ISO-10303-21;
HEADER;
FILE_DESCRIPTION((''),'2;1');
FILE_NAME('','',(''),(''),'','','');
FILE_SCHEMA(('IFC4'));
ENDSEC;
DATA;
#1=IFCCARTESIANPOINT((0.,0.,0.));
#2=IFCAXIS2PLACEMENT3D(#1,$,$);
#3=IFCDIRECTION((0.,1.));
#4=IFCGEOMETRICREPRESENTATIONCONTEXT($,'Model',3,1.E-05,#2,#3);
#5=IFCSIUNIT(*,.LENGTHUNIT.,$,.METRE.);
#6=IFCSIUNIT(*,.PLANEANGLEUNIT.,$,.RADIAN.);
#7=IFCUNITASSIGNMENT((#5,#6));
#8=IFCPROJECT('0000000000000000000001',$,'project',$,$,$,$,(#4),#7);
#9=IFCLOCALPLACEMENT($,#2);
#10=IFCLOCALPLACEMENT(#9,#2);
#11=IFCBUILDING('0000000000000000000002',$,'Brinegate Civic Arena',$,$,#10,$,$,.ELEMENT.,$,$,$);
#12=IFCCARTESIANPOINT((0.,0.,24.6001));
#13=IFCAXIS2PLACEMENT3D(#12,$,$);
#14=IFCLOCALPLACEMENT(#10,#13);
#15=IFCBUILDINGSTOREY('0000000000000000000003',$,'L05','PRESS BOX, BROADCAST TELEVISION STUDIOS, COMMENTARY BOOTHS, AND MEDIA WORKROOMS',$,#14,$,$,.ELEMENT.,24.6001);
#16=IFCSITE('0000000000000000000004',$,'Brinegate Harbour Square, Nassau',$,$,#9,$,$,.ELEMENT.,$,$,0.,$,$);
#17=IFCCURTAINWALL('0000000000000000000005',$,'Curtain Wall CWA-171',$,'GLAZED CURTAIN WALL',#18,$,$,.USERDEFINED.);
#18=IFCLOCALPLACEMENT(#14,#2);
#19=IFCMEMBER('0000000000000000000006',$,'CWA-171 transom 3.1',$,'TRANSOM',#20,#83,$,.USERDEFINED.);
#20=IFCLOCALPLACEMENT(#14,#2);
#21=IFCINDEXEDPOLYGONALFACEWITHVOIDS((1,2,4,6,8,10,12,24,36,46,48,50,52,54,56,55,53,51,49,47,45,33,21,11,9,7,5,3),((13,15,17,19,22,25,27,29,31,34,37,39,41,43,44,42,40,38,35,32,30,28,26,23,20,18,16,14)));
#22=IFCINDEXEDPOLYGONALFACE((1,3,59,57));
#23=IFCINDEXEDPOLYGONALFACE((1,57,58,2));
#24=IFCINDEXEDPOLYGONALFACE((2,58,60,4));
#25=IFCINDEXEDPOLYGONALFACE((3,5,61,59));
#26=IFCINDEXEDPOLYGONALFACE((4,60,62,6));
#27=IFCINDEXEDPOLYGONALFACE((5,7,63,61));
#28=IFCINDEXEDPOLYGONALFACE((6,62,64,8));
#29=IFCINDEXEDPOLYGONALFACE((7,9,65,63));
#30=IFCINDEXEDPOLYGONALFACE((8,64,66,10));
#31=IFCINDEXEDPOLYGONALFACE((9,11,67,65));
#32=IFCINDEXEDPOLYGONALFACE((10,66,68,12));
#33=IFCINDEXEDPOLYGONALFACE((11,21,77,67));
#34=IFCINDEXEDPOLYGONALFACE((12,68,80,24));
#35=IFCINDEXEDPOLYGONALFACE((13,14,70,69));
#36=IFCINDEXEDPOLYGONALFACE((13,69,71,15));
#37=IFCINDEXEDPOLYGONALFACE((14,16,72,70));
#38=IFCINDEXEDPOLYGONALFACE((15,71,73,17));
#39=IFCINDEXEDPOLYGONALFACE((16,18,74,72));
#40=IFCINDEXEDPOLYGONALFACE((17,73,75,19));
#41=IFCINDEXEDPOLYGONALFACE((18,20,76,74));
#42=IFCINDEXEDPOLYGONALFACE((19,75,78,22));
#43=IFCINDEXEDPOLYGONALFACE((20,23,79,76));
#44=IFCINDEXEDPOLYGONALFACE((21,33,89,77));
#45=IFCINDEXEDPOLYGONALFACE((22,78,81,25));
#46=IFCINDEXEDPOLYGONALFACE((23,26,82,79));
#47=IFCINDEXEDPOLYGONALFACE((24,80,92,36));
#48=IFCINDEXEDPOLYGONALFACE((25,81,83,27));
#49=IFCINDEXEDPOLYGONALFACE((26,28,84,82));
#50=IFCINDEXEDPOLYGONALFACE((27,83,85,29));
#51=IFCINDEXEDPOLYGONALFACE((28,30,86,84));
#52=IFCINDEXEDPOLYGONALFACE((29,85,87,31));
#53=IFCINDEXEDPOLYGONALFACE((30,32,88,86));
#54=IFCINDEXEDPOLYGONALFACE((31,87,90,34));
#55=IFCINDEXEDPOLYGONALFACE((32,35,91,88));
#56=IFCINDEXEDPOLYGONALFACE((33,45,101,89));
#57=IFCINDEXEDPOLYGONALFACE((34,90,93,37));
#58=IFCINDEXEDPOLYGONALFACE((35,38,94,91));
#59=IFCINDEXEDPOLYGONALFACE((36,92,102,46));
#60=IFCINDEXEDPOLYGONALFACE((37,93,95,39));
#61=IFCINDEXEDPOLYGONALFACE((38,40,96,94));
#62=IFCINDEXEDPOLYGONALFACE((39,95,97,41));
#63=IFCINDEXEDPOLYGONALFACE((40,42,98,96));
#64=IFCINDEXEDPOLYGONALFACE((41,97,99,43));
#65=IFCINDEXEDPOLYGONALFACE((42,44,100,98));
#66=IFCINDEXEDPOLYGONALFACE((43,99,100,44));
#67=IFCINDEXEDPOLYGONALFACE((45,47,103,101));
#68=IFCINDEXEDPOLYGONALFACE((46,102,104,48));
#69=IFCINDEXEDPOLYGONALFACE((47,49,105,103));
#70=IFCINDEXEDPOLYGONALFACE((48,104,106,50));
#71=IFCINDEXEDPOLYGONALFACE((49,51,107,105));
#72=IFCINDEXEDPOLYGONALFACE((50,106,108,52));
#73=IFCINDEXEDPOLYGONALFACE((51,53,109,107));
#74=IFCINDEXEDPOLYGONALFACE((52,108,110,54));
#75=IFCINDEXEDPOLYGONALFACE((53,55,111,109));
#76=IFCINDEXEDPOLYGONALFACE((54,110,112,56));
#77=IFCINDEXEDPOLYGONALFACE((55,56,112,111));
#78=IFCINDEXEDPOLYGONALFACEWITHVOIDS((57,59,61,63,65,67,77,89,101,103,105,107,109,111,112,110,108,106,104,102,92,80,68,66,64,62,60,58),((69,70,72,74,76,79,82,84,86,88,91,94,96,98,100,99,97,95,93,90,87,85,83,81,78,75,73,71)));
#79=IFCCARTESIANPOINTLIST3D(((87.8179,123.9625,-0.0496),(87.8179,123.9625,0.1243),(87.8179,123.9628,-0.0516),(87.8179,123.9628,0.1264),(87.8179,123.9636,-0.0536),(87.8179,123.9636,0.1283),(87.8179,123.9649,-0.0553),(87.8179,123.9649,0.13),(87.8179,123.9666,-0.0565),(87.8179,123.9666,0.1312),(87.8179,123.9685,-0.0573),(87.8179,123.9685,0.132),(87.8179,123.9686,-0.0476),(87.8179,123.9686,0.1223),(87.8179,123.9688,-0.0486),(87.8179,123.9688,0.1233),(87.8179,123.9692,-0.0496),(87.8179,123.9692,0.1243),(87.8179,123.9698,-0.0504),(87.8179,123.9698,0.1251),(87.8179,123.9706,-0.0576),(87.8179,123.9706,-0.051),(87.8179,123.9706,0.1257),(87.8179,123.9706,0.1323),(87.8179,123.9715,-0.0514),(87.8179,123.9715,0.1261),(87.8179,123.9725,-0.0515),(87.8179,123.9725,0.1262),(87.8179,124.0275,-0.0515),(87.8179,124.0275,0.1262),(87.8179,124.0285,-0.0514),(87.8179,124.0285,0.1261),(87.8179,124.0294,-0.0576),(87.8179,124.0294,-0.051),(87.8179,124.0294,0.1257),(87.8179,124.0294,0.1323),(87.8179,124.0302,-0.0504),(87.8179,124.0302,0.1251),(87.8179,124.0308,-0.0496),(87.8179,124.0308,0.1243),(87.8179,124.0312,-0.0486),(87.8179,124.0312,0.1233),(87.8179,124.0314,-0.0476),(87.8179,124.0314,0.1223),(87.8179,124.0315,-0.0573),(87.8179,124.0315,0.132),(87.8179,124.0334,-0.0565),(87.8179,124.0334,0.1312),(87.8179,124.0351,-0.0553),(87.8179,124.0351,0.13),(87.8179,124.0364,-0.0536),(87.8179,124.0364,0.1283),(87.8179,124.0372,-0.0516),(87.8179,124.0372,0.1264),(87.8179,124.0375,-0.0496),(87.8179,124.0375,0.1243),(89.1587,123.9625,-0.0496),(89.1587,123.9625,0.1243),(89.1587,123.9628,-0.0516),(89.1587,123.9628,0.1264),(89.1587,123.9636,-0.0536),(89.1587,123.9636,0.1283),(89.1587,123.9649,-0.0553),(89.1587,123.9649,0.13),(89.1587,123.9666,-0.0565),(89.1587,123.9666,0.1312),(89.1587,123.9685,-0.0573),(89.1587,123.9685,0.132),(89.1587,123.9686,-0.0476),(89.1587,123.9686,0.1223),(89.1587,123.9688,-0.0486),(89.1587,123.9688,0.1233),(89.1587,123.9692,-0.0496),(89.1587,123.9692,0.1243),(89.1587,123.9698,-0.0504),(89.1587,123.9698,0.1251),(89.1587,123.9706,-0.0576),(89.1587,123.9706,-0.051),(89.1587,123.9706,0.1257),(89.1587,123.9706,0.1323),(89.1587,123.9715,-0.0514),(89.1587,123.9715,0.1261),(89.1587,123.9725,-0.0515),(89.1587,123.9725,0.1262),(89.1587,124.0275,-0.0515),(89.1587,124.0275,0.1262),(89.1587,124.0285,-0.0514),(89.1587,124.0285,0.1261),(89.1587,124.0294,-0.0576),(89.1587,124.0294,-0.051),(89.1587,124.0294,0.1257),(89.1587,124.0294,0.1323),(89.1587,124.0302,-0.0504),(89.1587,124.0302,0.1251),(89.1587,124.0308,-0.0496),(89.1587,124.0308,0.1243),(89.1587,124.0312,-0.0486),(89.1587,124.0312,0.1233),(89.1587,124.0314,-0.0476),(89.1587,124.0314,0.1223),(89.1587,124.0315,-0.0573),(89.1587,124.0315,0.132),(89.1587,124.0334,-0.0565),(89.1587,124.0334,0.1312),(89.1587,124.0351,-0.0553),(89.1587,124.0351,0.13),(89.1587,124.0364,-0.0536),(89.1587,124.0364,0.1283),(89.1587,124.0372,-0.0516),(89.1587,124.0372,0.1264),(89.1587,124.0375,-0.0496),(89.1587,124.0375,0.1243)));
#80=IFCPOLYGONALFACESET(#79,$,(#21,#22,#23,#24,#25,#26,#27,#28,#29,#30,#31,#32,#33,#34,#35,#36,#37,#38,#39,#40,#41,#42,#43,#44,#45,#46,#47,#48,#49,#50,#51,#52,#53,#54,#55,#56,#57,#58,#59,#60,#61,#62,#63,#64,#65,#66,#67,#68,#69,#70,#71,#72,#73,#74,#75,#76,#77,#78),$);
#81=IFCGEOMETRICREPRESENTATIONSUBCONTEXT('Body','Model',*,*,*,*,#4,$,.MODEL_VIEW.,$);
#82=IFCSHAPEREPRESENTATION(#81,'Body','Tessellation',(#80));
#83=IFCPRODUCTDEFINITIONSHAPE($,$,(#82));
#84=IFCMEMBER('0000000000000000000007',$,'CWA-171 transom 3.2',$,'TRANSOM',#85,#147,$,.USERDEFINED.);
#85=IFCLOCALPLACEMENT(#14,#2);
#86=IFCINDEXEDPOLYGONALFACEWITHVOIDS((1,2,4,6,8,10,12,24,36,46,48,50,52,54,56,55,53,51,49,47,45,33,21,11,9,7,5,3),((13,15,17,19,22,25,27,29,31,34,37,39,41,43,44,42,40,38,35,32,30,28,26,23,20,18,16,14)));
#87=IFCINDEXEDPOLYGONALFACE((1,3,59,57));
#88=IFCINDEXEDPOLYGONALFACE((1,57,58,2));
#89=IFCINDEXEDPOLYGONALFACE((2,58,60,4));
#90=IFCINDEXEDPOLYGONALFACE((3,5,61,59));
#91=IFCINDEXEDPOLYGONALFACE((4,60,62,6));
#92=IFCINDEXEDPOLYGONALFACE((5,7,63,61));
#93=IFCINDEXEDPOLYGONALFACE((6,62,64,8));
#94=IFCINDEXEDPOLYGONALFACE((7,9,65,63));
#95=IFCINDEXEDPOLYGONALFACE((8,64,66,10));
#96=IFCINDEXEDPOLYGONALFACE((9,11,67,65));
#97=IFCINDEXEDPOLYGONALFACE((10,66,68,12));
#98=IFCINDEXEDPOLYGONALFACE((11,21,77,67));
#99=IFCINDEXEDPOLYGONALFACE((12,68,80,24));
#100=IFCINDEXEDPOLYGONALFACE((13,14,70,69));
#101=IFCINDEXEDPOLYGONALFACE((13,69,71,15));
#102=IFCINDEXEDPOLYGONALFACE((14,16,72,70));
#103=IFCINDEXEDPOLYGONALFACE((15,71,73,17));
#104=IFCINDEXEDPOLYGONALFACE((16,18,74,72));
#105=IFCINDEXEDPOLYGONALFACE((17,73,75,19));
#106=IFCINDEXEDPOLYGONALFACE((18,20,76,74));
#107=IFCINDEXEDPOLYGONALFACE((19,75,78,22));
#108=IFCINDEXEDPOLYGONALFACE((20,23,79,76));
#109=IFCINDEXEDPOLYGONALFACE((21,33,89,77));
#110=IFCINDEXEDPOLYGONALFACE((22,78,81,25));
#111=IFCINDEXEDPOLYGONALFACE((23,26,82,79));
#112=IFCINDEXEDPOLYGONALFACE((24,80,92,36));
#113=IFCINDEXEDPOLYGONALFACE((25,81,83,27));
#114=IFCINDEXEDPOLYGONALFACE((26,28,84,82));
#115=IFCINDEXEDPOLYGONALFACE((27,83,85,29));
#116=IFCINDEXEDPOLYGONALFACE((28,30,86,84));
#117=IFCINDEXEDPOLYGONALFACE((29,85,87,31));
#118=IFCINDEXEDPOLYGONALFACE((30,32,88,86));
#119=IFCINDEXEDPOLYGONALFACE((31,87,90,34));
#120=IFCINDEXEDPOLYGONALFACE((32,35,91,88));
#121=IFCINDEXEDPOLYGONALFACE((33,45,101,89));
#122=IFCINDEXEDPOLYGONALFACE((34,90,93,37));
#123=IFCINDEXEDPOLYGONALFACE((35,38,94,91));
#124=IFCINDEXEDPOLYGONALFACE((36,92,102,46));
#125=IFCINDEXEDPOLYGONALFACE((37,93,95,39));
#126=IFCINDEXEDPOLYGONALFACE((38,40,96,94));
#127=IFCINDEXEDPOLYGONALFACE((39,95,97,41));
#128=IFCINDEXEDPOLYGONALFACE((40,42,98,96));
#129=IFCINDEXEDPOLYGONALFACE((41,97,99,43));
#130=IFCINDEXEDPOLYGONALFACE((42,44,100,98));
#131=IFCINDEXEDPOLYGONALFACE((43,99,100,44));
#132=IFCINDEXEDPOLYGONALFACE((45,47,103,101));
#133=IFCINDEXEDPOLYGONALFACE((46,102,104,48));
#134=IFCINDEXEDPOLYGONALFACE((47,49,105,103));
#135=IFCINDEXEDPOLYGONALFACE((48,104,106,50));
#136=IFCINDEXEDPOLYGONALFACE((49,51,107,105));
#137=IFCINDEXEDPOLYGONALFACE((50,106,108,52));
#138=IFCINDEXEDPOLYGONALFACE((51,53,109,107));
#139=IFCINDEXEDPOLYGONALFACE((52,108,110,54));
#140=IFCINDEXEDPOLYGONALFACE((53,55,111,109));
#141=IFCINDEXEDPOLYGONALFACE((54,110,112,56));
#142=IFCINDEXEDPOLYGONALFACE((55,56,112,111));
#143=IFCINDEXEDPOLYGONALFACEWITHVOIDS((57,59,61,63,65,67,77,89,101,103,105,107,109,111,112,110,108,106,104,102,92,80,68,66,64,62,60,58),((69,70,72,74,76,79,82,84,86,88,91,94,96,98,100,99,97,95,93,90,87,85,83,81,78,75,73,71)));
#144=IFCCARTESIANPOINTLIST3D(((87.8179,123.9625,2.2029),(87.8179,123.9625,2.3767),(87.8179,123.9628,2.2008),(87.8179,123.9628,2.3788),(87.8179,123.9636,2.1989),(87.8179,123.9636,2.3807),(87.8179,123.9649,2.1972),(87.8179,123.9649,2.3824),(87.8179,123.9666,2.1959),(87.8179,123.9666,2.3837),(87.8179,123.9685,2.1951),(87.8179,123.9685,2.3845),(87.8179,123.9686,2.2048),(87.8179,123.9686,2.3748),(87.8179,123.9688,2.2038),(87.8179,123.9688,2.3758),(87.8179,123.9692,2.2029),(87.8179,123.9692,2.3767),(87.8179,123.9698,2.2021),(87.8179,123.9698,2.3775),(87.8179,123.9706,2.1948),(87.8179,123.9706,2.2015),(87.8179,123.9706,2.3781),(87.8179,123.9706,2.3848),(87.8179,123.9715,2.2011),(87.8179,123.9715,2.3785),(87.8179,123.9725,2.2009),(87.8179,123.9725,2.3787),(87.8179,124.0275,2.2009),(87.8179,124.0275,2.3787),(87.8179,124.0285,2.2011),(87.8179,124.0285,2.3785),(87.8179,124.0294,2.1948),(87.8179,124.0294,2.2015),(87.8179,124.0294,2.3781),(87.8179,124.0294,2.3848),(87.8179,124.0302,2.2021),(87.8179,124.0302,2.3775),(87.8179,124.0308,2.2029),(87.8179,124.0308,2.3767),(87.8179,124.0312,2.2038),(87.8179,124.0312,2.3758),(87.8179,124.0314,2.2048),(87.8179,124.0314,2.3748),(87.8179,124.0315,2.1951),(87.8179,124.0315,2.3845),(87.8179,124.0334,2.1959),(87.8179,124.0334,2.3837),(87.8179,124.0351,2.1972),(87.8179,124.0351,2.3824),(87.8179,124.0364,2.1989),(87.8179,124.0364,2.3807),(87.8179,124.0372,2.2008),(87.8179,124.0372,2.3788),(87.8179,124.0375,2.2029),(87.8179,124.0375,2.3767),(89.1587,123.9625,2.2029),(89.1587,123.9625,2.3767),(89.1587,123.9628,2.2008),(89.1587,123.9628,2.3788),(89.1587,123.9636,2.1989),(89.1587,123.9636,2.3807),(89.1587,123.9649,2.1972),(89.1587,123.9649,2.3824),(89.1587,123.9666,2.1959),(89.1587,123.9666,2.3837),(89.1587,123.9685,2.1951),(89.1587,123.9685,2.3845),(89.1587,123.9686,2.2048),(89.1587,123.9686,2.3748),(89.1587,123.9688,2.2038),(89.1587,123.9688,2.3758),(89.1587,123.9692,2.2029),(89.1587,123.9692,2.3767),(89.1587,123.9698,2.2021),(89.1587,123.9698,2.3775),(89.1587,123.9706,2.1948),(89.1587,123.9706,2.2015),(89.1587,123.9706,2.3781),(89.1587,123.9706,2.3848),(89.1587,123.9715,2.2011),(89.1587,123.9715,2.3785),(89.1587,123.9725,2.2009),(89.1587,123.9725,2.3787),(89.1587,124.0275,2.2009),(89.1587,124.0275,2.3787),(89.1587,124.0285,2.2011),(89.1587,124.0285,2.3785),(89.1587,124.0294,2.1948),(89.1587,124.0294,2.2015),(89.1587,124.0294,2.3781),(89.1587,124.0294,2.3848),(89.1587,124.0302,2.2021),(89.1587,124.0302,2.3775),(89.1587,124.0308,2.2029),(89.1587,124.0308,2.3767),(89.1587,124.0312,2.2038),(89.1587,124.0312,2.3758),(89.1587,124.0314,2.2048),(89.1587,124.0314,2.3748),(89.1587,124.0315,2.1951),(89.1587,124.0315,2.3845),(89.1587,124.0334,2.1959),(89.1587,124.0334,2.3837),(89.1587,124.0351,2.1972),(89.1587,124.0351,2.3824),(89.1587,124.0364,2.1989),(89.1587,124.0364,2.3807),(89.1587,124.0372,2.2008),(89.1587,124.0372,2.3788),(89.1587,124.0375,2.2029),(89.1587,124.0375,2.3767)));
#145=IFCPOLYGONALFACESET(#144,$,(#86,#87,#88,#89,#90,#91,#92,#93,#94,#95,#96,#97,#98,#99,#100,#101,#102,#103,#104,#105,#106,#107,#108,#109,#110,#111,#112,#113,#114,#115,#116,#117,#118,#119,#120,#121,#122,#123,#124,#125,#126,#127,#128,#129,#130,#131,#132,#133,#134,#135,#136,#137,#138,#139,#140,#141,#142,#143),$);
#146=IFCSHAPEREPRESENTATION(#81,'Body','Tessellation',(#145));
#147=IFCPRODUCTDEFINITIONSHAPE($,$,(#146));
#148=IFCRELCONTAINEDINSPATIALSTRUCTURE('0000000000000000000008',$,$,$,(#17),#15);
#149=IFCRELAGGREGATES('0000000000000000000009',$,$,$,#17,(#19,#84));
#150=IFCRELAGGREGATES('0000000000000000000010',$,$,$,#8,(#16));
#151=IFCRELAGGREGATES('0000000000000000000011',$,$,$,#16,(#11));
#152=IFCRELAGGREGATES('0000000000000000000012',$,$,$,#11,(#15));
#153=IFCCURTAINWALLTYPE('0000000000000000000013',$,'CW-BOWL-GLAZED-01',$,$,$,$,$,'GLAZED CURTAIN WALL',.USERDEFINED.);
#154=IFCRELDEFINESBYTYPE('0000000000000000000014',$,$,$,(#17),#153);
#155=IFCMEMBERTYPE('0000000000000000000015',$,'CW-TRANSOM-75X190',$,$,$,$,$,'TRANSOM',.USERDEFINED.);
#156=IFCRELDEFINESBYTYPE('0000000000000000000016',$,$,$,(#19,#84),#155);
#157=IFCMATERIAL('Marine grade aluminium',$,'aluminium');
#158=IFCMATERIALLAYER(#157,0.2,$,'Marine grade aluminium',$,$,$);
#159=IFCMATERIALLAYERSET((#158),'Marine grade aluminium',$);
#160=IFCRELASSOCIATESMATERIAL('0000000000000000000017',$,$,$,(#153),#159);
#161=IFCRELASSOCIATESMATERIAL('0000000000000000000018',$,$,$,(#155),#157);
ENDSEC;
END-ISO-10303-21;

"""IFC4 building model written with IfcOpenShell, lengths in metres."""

from ifc_helpers import new_model, si_unit, direction, frame, origin, origin_2d, place, context, subcontext, project, spatial, hollow_rectangle, extrude, material, layer, layer_set, material_profile, profile_set, type_object, element, aggregate, save


model = new_model("IFC4")

# Units and contexts
model_context = context("Model", 3, precision=1e-05, world=origin(), true_north=direction((0.0, 1.0)))
body_context = subcontext(model_context, "Body", "Model", "MODEL_VIEW")
ifc_project = project(units=[si_unit("LENGTHUNIT", "METRE"), si_unit("PLANEANGLEUNIT", "RADIAN")], contexts=[model_context])

# Site, building, storey
site_placement = place(None, origin())
site = spatial("IfcSite", under=ifc_project, at=site_placement, Name="Brinegate Harbour Square, Nassau", CompositionType="ELEMENT", RefElevation=0.0)
building_placement = place(site_placement, origin())
building = spatial("IfcBuilding", under=site, at=building_placement, Name="Brinegate Civic Arena", CompositionType="ELEMENT")
storey_placement = place(building_placement, frame((0.0, 0.0, 24.6001)))
storey = spatial("IfcBuildingStorey", under=building, at=storey_placement, Name="L05", Description="PRESS BOX, BROADCAST TELEVISION STUDIOS, COMMENTARY BOOTHS, AND MEDIA WORKROOMS", CompositionType="ELEMENT", Elevation=24.6001)

# Curtain wall, members
ifc_material_1 = material(Name="Marine grade aluminium", Category="aluminium")
ifc_layer_1 = layer(ifc_material_1, 0.2, Name="Marine grade aluminium")
ifc_layer_set_1 = layer_set([ifc_layer_1], Name="Marine grade aluminium")
curtain_wall_type = type_object("IfcCurtainWallType", Name="CW-BOWL-GLAZED-01", ElementType="GLAZED CURTAIN WALL", PredefinedType="USERDEFINED", material=ifc_layer_set_1)
curtain_wall_placement = place(storey_placement, origin())
curtain_wall = element("IfcCurtainWall", 1, at=curtain_wall_placement, inside=storey, type_object=curtain_wall_type, Name="Curtain Wall CWA-171", ObjectType="GLAZED CURTAIN WALL", PredefinedType="USERDEFINED")
ifc_material_profile_1 = material_profile(ifc_material_1, hollow_rectangle(XDim=0.075, YDim=0.1899, WallThickness=0.0061, InnerFilletRadius=0.0039, OuterFilletRadius=0.0081, at=origin_2d()), Name="TRN75X190")
ifc_profile_set_1 = profile_set([ifc_material_profile_1], Name="Marine grade aluminium")
member_type_1 = type_object("IfcMemberType", Name="CW-TRANSOM-75X190", ElementType="TRANSOM", PredefinedType="USERDEFINED", material=ifc_profile_set_1)
member_1_placement = place(storey_placement, frame((87.8179, 124.0, 0.0374), z_axis=(1.0, 0.0, 0.0), x_axis=(0.0, 1.0, 0.0)))
member_1 = element("IfcMember", 2, at=member_1_placement, type_object=member_type_1, Name="CWA-171 transom 3.1", ObjectType="TRANSOM", PredefinedType="USERDEFINED", context=body_context, shape_type="SweptSolid", body=[
    extrude(hollow_rectangle(XDim=0.075, YDim=0.1899, WallThickness=0.0061, InnerFilletRadius=0.0039, OuterFilletRadius=0.0081, at=origin_2d()), origin(), (0.0, 0.0, 1.0), 1.3408),
])
member_2_placement = place(storey_placement, frame((87.8179, 124.0, 2.2898), z_axis=(1.0, 0.0, 0.0), x_axis=(0.0, 1.0, 0.0)))
member_2 = element("IfcMember", 3, at=member_2_placement, type_object=member_type_1, Name="CWA-171 transom 3.2", ObjectType="TRANSOM", PredefinedType="USERDEFINED", context=body_context, shape_type="SweptSolid", body=[
    extrude(hollow_rectangle(XDim=0.075, YDim=0.1899, WallThickness=0.0061, InnerFilletRadius=0.0039, OuterFilletRadius=0.0081, at=origin_2d()), origin(), (0.0, 0.0, 1.0), 1.3408),
])

aggregate(curtain_wall, [member_1, member_2])

save(model, "model.ifc")
